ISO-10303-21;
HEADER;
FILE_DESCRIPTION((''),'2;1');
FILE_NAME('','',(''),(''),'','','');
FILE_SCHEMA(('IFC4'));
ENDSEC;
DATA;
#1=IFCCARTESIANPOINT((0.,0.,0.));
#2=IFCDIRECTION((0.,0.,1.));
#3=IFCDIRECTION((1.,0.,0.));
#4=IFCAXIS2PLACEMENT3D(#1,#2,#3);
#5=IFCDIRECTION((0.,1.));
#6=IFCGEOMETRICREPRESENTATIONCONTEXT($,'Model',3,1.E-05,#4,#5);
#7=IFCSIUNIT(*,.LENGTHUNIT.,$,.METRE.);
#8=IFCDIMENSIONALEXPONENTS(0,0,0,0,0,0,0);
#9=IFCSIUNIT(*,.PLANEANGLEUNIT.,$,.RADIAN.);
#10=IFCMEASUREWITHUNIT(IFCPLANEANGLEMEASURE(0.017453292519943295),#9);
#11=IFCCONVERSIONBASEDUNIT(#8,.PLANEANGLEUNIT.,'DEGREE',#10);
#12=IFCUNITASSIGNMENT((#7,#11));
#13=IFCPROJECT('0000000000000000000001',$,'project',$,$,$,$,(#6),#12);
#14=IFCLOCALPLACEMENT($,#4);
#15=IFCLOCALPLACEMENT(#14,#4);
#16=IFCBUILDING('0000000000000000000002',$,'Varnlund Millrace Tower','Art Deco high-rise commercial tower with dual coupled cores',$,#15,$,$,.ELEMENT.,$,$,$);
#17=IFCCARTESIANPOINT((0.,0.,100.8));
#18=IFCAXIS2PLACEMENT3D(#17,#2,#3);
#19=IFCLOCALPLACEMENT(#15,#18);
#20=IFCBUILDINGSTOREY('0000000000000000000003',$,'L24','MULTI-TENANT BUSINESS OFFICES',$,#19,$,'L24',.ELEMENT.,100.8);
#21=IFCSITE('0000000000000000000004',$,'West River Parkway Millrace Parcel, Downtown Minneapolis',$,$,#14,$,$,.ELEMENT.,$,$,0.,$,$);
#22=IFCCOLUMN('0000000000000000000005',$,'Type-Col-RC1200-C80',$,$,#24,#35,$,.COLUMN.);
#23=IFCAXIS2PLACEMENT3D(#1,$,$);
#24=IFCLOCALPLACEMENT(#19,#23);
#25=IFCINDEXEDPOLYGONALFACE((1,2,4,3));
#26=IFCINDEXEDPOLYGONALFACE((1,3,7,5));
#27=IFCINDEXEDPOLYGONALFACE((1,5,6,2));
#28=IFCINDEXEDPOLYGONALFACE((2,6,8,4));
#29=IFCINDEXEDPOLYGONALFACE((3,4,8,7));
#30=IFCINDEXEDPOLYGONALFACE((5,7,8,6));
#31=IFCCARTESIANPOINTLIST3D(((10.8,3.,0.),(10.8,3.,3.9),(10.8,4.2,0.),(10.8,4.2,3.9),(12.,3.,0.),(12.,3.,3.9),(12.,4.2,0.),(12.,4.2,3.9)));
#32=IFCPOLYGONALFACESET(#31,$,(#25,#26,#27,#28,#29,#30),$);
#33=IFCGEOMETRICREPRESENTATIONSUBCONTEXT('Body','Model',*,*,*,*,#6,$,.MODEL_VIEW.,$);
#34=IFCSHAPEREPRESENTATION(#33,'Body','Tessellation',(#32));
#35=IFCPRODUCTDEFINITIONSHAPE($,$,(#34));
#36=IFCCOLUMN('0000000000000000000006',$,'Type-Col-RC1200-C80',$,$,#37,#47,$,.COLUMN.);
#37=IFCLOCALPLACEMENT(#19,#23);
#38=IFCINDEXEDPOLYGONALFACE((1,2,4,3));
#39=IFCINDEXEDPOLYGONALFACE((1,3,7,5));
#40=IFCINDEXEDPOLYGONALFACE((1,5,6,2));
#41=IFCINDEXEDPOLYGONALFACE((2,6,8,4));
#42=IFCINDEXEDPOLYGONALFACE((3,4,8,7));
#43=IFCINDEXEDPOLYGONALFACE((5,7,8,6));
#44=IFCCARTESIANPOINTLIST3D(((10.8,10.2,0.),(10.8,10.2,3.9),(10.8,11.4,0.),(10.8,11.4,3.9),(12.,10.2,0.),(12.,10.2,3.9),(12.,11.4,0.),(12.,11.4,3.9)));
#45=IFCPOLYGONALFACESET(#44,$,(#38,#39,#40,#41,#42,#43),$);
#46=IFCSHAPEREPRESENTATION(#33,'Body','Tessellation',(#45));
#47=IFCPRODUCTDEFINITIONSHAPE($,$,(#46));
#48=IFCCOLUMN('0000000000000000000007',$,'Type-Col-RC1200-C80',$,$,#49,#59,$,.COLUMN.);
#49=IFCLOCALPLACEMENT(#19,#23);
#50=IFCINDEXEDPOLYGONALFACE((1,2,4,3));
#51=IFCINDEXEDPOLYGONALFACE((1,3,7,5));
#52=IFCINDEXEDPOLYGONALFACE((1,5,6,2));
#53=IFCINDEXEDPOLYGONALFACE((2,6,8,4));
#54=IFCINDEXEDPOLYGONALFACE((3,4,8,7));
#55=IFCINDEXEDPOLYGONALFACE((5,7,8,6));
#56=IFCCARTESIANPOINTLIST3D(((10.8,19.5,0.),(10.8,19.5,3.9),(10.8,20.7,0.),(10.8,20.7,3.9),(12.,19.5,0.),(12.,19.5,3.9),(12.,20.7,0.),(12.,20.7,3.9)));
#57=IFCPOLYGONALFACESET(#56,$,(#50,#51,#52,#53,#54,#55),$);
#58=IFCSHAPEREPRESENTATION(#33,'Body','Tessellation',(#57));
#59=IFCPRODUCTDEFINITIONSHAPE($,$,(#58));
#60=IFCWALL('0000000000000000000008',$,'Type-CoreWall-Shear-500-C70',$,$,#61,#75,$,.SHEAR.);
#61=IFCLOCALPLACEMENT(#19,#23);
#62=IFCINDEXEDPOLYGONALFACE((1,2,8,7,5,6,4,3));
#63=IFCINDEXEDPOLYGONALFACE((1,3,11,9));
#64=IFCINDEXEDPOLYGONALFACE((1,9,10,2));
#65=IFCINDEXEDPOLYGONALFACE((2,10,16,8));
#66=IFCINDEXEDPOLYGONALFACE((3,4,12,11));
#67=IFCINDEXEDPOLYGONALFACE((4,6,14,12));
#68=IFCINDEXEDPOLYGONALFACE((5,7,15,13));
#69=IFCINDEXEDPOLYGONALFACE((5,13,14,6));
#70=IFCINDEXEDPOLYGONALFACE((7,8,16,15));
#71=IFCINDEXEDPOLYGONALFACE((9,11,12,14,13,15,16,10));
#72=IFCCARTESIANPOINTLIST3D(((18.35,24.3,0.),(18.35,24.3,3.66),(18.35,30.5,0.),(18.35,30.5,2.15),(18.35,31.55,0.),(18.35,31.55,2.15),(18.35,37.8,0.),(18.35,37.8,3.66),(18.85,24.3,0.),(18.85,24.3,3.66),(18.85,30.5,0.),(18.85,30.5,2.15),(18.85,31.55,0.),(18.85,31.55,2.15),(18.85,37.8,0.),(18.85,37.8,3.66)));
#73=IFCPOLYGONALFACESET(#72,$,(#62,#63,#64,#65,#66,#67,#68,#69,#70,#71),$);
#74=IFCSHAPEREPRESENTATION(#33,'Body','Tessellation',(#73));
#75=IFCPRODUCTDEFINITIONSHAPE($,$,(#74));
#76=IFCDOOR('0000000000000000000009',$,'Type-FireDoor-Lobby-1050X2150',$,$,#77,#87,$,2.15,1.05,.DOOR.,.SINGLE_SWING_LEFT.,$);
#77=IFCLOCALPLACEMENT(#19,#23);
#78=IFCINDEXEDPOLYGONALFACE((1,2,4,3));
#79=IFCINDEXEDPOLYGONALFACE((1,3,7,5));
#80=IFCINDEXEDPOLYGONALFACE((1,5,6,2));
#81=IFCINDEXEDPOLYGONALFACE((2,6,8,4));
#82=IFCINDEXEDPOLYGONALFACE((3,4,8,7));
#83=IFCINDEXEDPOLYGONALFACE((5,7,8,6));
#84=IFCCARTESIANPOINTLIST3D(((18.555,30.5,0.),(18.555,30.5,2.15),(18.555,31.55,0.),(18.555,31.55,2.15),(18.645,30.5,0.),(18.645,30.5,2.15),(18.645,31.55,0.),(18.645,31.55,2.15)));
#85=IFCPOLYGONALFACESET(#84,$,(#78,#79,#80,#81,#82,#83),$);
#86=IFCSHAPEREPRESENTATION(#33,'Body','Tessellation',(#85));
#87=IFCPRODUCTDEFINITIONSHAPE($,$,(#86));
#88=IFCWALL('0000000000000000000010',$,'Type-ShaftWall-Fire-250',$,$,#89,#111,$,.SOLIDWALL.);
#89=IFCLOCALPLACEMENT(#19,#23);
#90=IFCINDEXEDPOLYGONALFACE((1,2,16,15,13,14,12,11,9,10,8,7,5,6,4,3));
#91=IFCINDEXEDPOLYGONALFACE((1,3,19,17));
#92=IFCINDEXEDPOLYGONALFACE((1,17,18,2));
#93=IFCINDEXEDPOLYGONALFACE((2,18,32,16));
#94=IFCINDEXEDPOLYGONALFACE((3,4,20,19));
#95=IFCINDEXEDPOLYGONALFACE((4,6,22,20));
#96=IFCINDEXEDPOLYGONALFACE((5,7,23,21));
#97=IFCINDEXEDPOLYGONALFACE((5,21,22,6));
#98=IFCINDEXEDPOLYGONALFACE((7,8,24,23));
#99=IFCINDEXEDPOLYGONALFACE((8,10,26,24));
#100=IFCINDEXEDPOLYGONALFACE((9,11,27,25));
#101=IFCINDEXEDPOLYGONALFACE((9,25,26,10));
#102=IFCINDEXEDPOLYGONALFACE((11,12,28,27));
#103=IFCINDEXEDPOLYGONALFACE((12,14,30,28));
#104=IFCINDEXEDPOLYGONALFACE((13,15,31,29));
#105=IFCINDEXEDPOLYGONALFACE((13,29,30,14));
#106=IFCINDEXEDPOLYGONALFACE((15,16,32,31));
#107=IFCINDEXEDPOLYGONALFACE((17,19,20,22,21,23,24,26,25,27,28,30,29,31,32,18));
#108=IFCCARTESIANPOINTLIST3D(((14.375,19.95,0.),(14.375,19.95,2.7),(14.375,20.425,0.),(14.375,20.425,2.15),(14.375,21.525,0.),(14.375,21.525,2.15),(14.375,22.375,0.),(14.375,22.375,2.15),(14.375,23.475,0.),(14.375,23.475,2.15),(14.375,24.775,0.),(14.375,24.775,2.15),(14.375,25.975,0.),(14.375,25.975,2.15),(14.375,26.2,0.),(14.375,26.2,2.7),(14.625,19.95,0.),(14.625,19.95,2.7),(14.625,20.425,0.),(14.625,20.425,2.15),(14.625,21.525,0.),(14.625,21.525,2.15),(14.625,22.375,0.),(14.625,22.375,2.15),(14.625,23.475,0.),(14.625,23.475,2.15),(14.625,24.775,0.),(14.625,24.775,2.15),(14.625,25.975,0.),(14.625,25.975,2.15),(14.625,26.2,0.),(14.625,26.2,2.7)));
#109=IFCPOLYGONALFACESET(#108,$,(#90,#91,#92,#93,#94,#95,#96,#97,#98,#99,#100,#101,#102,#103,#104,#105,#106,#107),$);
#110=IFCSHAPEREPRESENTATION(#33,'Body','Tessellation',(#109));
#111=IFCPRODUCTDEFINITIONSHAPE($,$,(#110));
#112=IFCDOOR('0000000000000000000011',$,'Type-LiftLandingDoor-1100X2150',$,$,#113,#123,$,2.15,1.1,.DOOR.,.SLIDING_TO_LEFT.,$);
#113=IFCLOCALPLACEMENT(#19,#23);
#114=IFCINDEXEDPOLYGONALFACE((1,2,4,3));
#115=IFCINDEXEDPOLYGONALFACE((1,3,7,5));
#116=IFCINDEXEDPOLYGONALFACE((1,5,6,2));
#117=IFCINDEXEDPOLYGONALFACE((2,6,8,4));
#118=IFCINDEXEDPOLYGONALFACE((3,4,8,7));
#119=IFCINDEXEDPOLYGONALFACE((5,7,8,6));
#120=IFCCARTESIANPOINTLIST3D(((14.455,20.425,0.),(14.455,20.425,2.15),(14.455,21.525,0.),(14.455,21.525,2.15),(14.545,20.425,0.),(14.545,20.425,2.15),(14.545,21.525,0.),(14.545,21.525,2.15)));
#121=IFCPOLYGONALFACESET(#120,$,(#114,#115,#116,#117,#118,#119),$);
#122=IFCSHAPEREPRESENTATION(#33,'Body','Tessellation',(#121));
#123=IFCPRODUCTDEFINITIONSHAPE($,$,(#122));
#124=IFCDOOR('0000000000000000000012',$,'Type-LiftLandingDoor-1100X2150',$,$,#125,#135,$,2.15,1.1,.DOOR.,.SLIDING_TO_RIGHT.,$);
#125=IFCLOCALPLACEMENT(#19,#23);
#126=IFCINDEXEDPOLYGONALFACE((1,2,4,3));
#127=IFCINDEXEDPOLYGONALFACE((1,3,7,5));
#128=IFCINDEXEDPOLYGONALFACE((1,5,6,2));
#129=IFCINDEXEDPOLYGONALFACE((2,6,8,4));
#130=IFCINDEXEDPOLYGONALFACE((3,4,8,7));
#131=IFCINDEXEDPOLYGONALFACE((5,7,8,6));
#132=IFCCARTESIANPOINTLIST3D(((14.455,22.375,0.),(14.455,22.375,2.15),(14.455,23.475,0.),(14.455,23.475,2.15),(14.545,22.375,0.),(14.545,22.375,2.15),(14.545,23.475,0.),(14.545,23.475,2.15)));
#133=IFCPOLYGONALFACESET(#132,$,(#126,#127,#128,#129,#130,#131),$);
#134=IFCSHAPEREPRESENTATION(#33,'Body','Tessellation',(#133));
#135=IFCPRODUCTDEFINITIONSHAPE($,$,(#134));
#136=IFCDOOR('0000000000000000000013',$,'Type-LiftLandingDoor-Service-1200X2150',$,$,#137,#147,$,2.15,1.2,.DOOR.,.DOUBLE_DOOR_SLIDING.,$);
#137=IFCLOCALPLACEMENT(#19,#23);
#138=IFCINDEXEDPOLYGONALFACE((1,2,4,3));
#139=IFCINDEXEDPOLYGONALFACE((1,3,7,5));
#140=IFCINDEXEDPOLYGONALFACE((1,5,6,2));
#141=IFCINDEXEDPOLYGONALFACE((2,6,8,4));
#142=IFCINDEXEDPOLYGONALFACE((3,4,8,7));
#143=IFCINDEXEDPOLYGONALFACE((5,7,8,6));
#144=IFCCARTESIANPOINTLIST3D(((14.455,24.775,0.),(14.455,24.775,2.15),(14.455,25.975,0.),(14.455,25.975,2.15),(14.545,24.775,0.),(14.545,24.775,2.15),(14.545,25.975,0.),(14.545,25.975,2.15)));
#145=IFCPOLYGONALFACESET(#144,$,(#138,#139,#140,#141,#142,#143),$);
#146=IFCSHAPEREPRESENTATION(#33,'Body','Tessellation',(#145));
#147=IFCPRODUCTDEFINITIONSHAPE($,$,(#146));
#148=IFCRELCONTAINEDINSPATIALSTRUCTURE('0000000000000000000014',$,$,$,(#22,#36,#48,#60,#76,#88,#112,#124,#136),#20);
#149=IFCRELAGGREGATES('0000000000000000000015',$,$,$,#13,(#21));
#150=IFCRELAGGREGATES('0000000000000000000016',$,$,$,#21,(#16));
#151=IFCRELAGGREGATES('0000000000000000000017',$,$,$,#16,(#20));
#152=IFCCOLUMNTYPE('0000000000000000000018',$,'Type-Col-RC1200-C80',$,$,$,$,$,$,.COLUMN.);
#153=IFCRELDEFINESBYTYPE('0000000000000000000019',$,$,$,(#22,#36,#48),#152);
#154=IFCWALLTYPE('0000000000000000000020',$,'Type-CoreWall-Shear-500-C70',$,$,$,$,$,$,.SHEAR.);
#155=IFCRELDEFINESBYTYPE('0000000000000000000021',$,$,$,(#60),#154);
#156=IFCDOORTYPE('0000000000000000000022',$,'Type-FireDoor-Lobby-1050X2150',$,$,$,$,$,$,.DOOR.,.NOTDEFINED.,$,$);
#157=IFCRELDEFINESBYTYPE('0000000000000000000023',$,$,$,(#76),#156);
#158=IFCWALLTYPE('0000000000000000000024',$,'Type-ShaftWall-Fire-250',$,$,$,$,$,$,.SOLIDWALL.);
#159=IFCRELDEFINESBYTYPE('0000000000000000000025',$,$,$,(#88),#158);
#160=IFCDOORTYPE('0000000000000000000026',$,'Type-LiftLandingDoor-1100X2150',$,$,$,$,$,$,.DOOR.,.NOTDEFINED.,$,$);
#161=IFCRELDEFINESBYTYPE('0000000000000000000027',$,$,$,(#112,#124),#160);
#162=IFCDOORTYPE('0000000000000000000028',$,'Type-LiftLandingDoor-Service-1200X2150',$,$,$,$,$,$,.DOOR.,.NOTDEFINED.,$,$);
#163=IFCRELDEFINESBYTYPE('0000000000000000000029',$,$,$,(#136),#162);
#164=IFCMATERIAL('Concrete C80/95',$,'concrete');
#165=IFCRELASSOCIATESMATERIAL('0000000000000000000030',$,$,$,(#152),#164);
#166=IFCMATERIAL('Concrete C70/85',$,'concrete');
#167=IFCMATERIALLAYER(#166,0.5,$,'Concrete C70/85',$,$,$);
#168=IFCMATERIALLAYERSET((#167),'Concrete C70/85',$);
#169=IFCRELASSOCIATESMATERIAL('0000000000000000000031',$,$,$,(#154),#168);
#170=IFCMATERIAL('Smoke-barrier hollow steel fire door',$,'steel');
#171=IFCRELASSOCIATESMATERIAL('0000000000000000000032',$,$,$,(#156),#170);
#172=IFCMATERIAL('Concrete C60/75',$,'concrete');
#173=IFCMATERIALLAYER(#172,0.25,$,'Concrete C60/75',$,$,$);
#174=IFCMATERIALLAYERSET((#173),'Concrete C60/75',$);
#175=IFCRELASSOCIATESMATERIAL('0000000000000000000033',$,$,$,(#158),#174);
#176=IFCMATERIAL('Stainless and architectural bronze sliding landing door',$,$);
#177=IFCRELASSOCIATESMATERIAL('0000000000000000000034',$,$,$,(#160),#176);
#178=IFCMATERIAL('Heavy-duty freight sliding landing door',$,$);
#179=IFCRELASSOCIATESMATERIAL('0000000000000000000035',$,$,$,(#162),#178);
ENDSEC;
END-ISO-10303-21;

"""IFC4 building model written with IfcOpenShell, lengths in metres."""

from ifc_helpers import new_model, entity, si_unit, converted_unit, direction, frame, origin_with_axes, origin_2d_with_axis, place, context, subcontext, project, spatial, polyline, rectangle, outline, extrude, material, layer, layer_set, material_profile, profile_set, type_object, element, fill, save


model = new_model("IFC4")

# Units and contexts
model_context = context("Model", 3, precision=1e-05, world=origin_with_axes(), true_north=direction((0.0, 1.0)))
body_context = subcontext(model_context, "Body", "Model", "MODEL_VIEW")
ifc_project = project(units=[si_unit("LENGTHUNIT", "METRE"), converted_unit("PLANEANGLEUNIT", "DEGREE", entity("IfcPlaneAngleMeasure", 0.017453292519943295), si_unit("PLANEANGLEUNIT", "RADIAN"), dimensions=[0, 0, 0, 0, 0, 0, 0])], contexts=[model_context])

# Site, building, storey
site_placement = place(None, origin_with_axes())
site = spatial("IfcSite", under=ifc_project, at=site_placement, Name="West River Parkway Millrace Parcel, Downtown Minneapolis", CompositionType="ELEMENT", RefElevation=0.0)
building_placement = place(site_placement, origin_with_axes())
building = spatial("IfcBuilding", under=site, at=building_placement, Name="Varnlund Millrace Tower", Description="Art Deco high-rise commercial tower with dual coupled cores", CompositionType="ELEMENT")
storey_placement = place(building_placement, frame((0.0, 0.0, 100.8), z_axis=(0.0, 0.0, 1.0), x_axis=(1.0, 0.0, 0.0)))
storey = spatial("IfcBuildingStorey", under=building, at=storey_placement, Name="L24", Description="MULTI-TENANT BUSINESS OFFICES", LongName="L24", CompositionType="ELEMENT", Elevation=100.8)

# Columns
ifc_material_1 = material(Name="Concrete C80/95", Category="concrete")
ifc_material_profile = material_profile(ifc_material_1, rectangle(XDim=1.2, YDim=1.2, at=origin_2d_with_axis()), Name="Concrete C80/95")
ifc_profile_set = profile_set([ifc_material_profile], Name="Concrete C80/95")
column_type = type_object("IfcColumnType", Name="Type-Col-RC1200-C80", PredefinedType="COLUMN", material=ifc_profile_set)
for number, where, z_axis, x_axis, name in (
    (1, (11.4, 3.6, 0.0), (0.0, 0.0, 1.0), (1.0, 0.0, 0.0), "Type-Col-RC1200-C80"),
    (2, (11.4, 10.8, 0.0), (0.0, 0.0, 1.0), (1.0, 0.0, 0.0), "Type-Col-RC1200-C80"),
    (3, (11.4, 20.1, 0.0), (0.0, 0.0, 1.0), (1.0, 0.0, 0.0), "Type-Col-RC1200-C80"),
):
    element("IfcColumn", number, at=place(storey_placement, frame(where, z_axis=z_axis, x_axis=x_axis)), inside=storey, type_object=column_type, Name=name, PredefinedType="COLUMN", context=body_context, shape_type="SweptSolid", body=[
        extrude(rectangle(XDim=1.2, YDim=1.2, at=origin_2d_with_axis()), origin_with_axes(), (0.0, 0.0, 1.0), 3.9),
    ])

# Wall, opening, door
ifc_material_2 = material(Name="Concrete C70/85", Category="concrete")
ifc_layer_1 = layer(ifc_material_2, 0.5, Name="Concrete C70/85")
ifc_layer_set_1 = layer_set([ifc_layer_1], Name="Concrete C70/85")
wall_type_1 = type_object("IfcWallType", Name="Type-CoreWall-Shear-500-C70", PredefinedType="SHEAR", material=ifc_layer_set_1)
wall_1_placement = place(storey_placement, frame((18.6, 24.3, 0.0), z_axis=(0.0, 0.0, 1.0), x_axis=(0.0, 1.0, 0.0)))
wall_1 = element("IfcWall", 4, at=wall_1_placement, inside=storey, type_object=wall_type_1, Name="Type-CoreWall-Shear-500-C70", PredefinedType="SHEAR", context=body_context, shape_type="SweptSolid", body=[
    extrude(outline(polyline([(0.0, -0.25), (13.5, -0.25), (13.5, 0.25), (0.0, 0.25), (0.0, -0.25)])), origin_with_axes(), (0.0, 0.0, 1.0), 3.66),
])
opening_1_placement = place(wall_1_placement, frame((6.725, 0.0, 0.0), z_axis=(0.0, 0.0, 1.0), x_axis=(1.0, 0.0, 0.0)))
opening_1 = element("IfcOpeningElement", 5, at=opening_1_placement, cuts=wall_1, PredefinedType="OPENING", context=body_context, shape_type="SweptSolid", body=[
    extrude(rectangle(XDim=1.05, YDim=0.52, at=origin_2d_with_axis()), origin_with_axes(), (0.0, 0.0, 1.0), 2.15),
])
ifc_material_3 = material(Name="Smoke-barrier hollow steel fire door", Category="steel")
door_type_1 = type_object("IfcDoorType", Name="Type-FireDoor-Lobby-1050X2150", OperationType="NOTDEFINED", PredefinedType="DOOR", material=ifc_material_3)
door_1_placement = place(wall_1_placement, frame((6.725, 0.0, 0.0), z_axis=(0.0, 0.0, 1.0), x_axis=(1.0, 0.0, 0.0)))
door_1 = element("IfcDoor", 6, at=door_1_placement, inside=storey, type_object=door_type_1, Name="Type-FireDoor-Lobby-1050X2150", OperationType="SINGLE_SWING_LEFT", OverallHeight=2.15, OverallWidth=1.05, PredefinedType="DOOR", context=body_context, shape_type="SweptSolid", body=[
    extrude(rectangle(XDim=1.05, YDim=0.09, at=origin_2d_with_axis()), origin_with_axes(), (0.0, 0.0, 1.0), 2.15),
])
fill(opening_1, door_1)

# Wall, openings, doors
ifc_material_4 = material(Name="Concrete C60/75", Category="concrete")
ifc_layer_2 = layer(ifc_material_4, 0.25, Name="Concrete C60/75")
ifc_layer_set_2 = layer_set([ifc_layer_2], Name="Concrete C60/75")
wall_type_2 = type_object("IfcWallType", Name="Type-ShaftWall-Fire-250", PredefinedType="SOLIDWALL", material=ifc_layer_set_2)
wall_2_placement = place(storey_placement, frame((14.5, 19.95, 0.0), z_axis=(0.0, 0.0, 1.0), x_axis=(0.0, 1.0, 0.0)))
wall_2 = element("IfcWall", 7, at=wall_2_placement, inside=storey, type_object=wall_type_2, Name="Type-ShaftWall-Fire-250", PredefinedType="SOLIDWALL", context=body_context, shape_type="SweptSolid", body=[
    extrude(outline(polyline([(0.0, -0.125), (6.25, -0.125), (6.25, 0.125), (0.0, 0.125), (0.0, -0.125)])), origin_with_axes(), (0.0, 0.0, 1.0), 2.7),
])
opening_2_placement = place(wall_2_placement, frame((1.025, 0.0, 0.0), z_axis=(0.0, 0.0, 1.0), x_axis=(1.0, 0.0, 0.0)))
opening_2 = element("IfcOpeningElement", 8, at=opening_2_placement, cuts=wall_2, PredefinedType="OPENING", context=body_context, shape_type="SweptSolid", body=[
    extrude(rectangle(XDim=1.1, YDim=0.27, at=origin_2d_with_axis()), origin_with_axes(), (0.0, 0.0, 1.0), 2.15),
])
opening_3_placement = place(wall_2_placement, frame((2.975, 0.0, 0.0), z_axis=(0.0, 0.0, 1.0), x_axis=(1.0, 0.0, 0.0)))
opening_3 = element("IfcOpeningElement", 9, at=opening_3_placement, cuts=wall_2, PredefinedType="OPENING", context=body_context, shape_type="SweptSolid", body=[
    extrude(rectangle(XDim=1.1, YDim=0.27, at=origin_2d_with_axis()), origin_with_axes(), (0.0, 0.0, 1.0), 2.15),
])
opening_4_placement = place(wall_2_placement, frame((5.425, 0.0, 0.0), z_axis=(0.0, 0.0, 1.0), x_axis=(1.0, 0.0, 0.0)))
opening_4 = element("IfcOpeningElement", 10, at=opening_4_placement, cuts=wall_2, PredefinedType="OPENING", context=body_context, shape_type="SweptSolid", body=[
    extrude(rectangle(XDim=1.2, YDim=0.27, at=origin_2d_with_axis()), origin_with_axes(), (0.0, 0.0, 1.0), 2.15),
])
ifc_material_5 = material(Name="Stainless and architectural bronze sliding landing door")
door_type_2 = type_object("IfcDoorType", Name="Type-LiftLandingDoor-1100X2150", OperationType="NOTDEFINED", PredefinedType="DOOR", material=ifc_material_5)
door_2_placement = place(wall_2_placement, frame((1.025, 0.0, 0.0), z_axis=(0.0, 0.0, 1.0), x_axis=(1.0, 0.0, 0.0)))
door_2 = element("IfcDoor", 11, at=door_2_placement, inside=storey, type_object=door_type_2, Name="Type-LiftLandingDoor-1100X2150", OperationType="SLIDING_TO_LEFT", OverallHeight=2.15, OverallWidth=1.1, PredefinedType="DOOR", context=body_context, shape_type="SweptSolid", body=[
    extrude(rectangle(XDim=1.1, YDim=0.09, at=origin_2d_with_axis()), origin_with_axes(), (0.0, 0.0, 1.0), 2.15),
])
fill(opening_2, door_2)
door_3_placement = place(wall_2_placement, frame((2.975, 0.0, 0.0), z_axis=(0.0, 0.0, 1.0), x_axis=(1.0, 0.0, 0.0)))
door_3 = element("IfcDoor", 12, at=door_3_placement, inside=storey, type_object=door_type_2, Name="Type-LiftLandingDoor-1100X2150", OperationType="SLIDING_TO_RIGHT", OverallHeight=2.15, OverallWidth=1.1, PredefinedType="DOOR", context=body_context, shape_type="SweptSolid", body=[
    extrude(rectangle(XDim=1.1, YDim=0.09, at=origin_2d_with_axis()), origin_with_axes(), (0.0, 0.0, 1.0), 2.15),
])
fill(opening_3, door_3)
ifc_material_6 = material(Name="Heavy-duty freight sliding landing door")
door_type_3 = type_object("IfcDoorType", Name="Type-LiftLandingDoor-Service-1200X2150", OperationType="NOTDEFINED", PredefinedType="DOOR", material=ifc_material_6)
door_4_placement = place(wall_2_placement, frame((5.425, 0.0, 0.0), z_axis=(0.0, 0.0, 1.0), x_axis=(1.0, 0.0, 0.0)))
door_4 = element("IfcDoor", 13, at=door_4_placement, inside=storey, type_object=door_type_3, Name="Type-LiftLandingDoor-Service-1200X2150", OperationType="DOUBLE_DOOR_SLIDING", OverallHeight=2.15, OverallWidth=1.2, PredefinedType="DOOR", context=body_context, shape_type="SweptSolid", body=[
    extrude(rectangle(XDim=1.2, YDim=0.09, at=origin_2d_with_axis()), origin_with_axes(), (0.0, 0.0, 1.0), 2.15),
])
fill(opening_4, door_4)

save(model, "model.ifc")
